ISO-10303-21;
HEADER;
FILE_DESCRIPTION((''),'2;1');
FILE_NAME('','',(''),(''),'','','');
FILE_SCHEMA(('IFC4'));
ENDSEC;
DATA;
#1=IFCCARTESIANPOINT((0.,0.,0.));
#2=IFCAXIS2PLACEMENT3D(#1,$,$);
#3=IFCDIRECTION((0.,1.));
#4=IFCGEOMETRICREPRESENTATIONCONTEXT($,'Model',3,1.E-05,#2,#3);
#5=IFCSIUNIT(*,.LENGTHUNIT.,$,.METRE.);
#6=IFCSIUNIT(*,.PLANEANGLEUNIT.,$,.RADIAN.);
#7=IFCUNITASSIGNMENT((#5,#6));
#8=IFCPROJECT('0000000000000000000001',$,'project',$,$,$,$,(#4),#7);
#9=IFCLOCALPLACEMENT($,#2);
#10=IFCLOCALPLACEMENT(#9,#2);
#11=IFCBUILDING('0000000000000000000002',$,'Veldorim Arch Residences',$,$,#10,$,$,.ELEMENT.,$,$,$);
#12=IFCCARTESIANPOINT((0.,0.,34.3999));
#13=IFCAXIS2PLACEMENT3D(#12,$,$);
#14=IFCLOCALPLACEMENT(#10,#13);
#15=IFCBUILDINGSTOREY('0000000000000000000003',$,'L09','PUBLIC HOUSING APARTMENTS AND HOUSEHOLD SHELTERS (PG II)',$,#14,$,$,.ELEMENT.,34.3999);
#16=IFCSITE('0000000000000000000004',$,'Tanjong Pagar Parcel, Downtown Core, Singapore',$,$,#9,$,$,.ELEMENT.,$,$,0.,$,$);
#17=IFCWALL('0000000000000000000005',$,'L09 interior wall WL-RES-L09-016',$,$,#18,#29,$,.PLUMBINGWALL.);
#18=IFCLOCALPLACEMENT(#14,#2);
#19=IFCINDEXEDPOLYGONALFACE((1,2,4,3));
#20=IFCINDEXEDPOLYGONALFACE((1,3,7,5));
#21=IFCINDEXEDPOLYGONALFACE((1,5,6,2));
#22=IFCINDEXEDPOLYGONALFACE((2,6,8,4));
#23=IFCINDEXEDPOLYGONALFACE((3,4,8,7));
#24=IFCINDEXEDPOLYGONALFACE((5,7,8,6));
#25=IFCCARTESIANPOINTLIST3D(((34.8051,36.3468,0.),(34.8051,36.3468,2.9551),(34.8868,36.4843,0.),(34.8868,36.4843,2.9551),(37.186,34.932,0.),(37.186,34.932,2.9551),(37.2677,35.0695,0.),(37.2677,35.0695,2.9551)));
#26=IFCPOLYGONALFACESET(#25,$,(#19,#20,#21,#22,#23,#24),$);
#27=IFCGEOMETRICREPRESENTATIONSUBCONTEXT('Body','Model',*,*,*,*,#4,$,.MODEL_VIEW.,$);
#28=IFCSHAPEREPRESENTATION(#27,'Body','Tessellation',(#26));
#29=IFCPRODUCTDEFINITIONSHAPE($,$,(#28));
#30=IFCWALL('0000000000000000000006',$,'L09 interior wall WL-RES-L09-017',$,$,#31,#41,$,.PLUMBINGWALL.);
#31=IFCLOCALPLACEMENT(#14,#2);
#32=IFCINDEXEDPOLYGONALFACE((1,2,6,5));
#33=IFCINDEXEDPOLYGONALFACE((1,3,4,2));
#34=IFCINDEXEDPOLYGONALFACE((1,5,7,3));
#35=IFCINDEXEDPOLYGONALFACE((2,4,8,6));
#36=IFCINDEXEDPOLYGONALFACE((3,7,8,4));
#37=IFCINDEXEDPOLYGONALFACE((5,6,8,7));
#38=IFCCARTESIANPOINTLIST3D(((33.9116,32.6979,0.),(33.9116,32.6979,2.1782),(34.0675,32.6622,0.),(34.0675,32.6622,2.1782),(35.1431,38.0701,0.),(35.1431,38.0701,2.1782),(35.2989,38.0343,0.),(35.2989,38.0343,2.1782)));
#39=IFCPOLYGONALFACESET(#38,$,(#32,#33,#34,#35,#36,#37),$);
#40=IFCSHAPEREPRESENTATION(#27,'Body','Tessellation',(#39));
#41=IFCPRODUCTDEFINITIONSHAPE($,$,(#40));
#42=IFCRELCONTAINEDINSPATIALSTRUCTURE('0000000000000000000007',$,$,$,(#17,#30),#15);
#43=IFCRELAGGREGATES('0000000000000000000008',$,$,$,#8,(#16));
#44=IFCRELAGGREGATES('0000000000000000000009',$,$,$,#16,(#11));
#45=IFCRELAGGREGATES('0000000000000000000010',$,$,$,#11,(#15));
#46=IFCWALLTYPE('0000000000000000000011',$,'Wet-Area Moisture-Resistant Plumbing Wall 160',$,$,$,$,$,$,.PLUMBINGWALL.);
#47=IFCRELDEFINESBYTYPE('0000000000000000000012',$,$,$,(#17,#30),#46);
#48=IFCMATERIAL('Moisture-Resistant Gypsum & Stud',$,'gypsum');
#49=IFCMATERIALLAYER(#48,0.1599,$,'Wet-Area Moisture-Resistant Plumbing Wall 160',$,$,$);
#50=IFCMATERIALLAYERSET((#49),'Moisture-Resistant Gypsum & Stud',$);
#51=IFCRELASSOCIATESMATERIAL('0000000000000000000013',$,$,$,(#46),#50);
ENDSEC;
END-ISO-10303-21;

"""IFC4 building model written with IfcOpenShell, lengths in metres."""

from ifc_helpers import new_model, si_unit, direction, frame, frame_2d, origin, place, context, subcontext, project, spatial, rectangle, extrude, material, layer, layer_set, type_object, element, save


model = new_model("IFC4")

# Units and contexts
model_context = context("Model", 3, precision=1e-05, world=origin(), true_north=direction((0.0, 1.0)))
body_context = subcontext(model_context, "Body", "Model", "MODEL_VIEW")
ifc_project = project(units=[si_unit("LENGTHUNIT", "METRE"), si_unit("PLANEANGLEUNIT", "RADIAN")], contexts=[model_context])

# Site, building, storey
site_placement = place(None, origin())
site = spatial("IfcSite", under=ifc_project, at=site_placement, Name="Tanjong Pagar Parcel, Downtown Core, Singapore", CompositionType="ELEMENT", RefElevation=0.0)
building_placement = place(site_placement, origin())
building = spatial("IfcBuilding", under=site, at=building_placement, Name="Veldorim Arch Residences", CompositionType="ELEMENT")
storey_placement = place(building_placement, frame((0.0, 0.0, 34.3999)))
storey = spatial("IfcBuildingStorey", under=building, at=storey_placement, Name="L09", Description="PUBLIC HOUSING APARTMENTS AND HOUSEHOLD SHELTERS (PG II)", CompositionType="ELEMENT", Elevation=34.3999)

# Shared definitions
ifc_material_1 = material(Name="Moisture-Resistant Gypsum & Stud", Category="gypsum")
ifc_layer_1 = layer(ifc_material_1, 0.1599, Name="Wet-Area Moisture-Resistant Plumbing Wall 160")
ifc_layer_set_1 = layer_set([ifc_layer_1], Name="Moisture-Resistant Gypsum & Stud")
wall_type_1 = type_object("IfcWallType", Name="Wet-Area Moisture-Resistant Plumbing Wall 160", PredefinedType="PLUMBINGWALL", material=ifc_layer_set_1)

# Walls
wall_1_placement = place(storey_placement, frame((37.2268, 35.0007, 0.0), z_axis=(0.0, 0.0, 1.0), x_axis=(-0.859671, 0.510848, 0.0)))
element("IfcWall", 1, at=wall_1_placement, inside=storey, type_object=wall_type_1, Name="L09 interior wall WL-RES-L09-016", PredefinedType="PLUMBINGWALL", context=body_context, shape_type="SweptSolid", body=[
    extrude(rectangle(XDim=2.7695, YDim=0.1599, at=frame_2d((1.3848, 0.0))), origin(), (0.0, 0.0, 1.0), 2.9551),
])
wall_2_placement = place(storey_placement, frame((33.9895, 32.6799, 0.0), z_axis=(0.0, 0.0, 1.0), x_axis=(0.223436, 0.974719, 0.0)))
element("IfcWall", 2, at=wall_2_placement, inside=storey, type_object=wall_type_1, Name="L09 interior wall WL-RES-L09-017", PredefinedType="PLUMBINGWALL", context=body_context, shape_type="SweptSolid", body=[
    extrude(rectangle(XDim=5.5115, YDim=0.1599, at=frame_2d((2.7559, 0.0))), origin(), (0.0, 0.0, 1.0), 2.1782),
])

save(model, "model.ifc")
